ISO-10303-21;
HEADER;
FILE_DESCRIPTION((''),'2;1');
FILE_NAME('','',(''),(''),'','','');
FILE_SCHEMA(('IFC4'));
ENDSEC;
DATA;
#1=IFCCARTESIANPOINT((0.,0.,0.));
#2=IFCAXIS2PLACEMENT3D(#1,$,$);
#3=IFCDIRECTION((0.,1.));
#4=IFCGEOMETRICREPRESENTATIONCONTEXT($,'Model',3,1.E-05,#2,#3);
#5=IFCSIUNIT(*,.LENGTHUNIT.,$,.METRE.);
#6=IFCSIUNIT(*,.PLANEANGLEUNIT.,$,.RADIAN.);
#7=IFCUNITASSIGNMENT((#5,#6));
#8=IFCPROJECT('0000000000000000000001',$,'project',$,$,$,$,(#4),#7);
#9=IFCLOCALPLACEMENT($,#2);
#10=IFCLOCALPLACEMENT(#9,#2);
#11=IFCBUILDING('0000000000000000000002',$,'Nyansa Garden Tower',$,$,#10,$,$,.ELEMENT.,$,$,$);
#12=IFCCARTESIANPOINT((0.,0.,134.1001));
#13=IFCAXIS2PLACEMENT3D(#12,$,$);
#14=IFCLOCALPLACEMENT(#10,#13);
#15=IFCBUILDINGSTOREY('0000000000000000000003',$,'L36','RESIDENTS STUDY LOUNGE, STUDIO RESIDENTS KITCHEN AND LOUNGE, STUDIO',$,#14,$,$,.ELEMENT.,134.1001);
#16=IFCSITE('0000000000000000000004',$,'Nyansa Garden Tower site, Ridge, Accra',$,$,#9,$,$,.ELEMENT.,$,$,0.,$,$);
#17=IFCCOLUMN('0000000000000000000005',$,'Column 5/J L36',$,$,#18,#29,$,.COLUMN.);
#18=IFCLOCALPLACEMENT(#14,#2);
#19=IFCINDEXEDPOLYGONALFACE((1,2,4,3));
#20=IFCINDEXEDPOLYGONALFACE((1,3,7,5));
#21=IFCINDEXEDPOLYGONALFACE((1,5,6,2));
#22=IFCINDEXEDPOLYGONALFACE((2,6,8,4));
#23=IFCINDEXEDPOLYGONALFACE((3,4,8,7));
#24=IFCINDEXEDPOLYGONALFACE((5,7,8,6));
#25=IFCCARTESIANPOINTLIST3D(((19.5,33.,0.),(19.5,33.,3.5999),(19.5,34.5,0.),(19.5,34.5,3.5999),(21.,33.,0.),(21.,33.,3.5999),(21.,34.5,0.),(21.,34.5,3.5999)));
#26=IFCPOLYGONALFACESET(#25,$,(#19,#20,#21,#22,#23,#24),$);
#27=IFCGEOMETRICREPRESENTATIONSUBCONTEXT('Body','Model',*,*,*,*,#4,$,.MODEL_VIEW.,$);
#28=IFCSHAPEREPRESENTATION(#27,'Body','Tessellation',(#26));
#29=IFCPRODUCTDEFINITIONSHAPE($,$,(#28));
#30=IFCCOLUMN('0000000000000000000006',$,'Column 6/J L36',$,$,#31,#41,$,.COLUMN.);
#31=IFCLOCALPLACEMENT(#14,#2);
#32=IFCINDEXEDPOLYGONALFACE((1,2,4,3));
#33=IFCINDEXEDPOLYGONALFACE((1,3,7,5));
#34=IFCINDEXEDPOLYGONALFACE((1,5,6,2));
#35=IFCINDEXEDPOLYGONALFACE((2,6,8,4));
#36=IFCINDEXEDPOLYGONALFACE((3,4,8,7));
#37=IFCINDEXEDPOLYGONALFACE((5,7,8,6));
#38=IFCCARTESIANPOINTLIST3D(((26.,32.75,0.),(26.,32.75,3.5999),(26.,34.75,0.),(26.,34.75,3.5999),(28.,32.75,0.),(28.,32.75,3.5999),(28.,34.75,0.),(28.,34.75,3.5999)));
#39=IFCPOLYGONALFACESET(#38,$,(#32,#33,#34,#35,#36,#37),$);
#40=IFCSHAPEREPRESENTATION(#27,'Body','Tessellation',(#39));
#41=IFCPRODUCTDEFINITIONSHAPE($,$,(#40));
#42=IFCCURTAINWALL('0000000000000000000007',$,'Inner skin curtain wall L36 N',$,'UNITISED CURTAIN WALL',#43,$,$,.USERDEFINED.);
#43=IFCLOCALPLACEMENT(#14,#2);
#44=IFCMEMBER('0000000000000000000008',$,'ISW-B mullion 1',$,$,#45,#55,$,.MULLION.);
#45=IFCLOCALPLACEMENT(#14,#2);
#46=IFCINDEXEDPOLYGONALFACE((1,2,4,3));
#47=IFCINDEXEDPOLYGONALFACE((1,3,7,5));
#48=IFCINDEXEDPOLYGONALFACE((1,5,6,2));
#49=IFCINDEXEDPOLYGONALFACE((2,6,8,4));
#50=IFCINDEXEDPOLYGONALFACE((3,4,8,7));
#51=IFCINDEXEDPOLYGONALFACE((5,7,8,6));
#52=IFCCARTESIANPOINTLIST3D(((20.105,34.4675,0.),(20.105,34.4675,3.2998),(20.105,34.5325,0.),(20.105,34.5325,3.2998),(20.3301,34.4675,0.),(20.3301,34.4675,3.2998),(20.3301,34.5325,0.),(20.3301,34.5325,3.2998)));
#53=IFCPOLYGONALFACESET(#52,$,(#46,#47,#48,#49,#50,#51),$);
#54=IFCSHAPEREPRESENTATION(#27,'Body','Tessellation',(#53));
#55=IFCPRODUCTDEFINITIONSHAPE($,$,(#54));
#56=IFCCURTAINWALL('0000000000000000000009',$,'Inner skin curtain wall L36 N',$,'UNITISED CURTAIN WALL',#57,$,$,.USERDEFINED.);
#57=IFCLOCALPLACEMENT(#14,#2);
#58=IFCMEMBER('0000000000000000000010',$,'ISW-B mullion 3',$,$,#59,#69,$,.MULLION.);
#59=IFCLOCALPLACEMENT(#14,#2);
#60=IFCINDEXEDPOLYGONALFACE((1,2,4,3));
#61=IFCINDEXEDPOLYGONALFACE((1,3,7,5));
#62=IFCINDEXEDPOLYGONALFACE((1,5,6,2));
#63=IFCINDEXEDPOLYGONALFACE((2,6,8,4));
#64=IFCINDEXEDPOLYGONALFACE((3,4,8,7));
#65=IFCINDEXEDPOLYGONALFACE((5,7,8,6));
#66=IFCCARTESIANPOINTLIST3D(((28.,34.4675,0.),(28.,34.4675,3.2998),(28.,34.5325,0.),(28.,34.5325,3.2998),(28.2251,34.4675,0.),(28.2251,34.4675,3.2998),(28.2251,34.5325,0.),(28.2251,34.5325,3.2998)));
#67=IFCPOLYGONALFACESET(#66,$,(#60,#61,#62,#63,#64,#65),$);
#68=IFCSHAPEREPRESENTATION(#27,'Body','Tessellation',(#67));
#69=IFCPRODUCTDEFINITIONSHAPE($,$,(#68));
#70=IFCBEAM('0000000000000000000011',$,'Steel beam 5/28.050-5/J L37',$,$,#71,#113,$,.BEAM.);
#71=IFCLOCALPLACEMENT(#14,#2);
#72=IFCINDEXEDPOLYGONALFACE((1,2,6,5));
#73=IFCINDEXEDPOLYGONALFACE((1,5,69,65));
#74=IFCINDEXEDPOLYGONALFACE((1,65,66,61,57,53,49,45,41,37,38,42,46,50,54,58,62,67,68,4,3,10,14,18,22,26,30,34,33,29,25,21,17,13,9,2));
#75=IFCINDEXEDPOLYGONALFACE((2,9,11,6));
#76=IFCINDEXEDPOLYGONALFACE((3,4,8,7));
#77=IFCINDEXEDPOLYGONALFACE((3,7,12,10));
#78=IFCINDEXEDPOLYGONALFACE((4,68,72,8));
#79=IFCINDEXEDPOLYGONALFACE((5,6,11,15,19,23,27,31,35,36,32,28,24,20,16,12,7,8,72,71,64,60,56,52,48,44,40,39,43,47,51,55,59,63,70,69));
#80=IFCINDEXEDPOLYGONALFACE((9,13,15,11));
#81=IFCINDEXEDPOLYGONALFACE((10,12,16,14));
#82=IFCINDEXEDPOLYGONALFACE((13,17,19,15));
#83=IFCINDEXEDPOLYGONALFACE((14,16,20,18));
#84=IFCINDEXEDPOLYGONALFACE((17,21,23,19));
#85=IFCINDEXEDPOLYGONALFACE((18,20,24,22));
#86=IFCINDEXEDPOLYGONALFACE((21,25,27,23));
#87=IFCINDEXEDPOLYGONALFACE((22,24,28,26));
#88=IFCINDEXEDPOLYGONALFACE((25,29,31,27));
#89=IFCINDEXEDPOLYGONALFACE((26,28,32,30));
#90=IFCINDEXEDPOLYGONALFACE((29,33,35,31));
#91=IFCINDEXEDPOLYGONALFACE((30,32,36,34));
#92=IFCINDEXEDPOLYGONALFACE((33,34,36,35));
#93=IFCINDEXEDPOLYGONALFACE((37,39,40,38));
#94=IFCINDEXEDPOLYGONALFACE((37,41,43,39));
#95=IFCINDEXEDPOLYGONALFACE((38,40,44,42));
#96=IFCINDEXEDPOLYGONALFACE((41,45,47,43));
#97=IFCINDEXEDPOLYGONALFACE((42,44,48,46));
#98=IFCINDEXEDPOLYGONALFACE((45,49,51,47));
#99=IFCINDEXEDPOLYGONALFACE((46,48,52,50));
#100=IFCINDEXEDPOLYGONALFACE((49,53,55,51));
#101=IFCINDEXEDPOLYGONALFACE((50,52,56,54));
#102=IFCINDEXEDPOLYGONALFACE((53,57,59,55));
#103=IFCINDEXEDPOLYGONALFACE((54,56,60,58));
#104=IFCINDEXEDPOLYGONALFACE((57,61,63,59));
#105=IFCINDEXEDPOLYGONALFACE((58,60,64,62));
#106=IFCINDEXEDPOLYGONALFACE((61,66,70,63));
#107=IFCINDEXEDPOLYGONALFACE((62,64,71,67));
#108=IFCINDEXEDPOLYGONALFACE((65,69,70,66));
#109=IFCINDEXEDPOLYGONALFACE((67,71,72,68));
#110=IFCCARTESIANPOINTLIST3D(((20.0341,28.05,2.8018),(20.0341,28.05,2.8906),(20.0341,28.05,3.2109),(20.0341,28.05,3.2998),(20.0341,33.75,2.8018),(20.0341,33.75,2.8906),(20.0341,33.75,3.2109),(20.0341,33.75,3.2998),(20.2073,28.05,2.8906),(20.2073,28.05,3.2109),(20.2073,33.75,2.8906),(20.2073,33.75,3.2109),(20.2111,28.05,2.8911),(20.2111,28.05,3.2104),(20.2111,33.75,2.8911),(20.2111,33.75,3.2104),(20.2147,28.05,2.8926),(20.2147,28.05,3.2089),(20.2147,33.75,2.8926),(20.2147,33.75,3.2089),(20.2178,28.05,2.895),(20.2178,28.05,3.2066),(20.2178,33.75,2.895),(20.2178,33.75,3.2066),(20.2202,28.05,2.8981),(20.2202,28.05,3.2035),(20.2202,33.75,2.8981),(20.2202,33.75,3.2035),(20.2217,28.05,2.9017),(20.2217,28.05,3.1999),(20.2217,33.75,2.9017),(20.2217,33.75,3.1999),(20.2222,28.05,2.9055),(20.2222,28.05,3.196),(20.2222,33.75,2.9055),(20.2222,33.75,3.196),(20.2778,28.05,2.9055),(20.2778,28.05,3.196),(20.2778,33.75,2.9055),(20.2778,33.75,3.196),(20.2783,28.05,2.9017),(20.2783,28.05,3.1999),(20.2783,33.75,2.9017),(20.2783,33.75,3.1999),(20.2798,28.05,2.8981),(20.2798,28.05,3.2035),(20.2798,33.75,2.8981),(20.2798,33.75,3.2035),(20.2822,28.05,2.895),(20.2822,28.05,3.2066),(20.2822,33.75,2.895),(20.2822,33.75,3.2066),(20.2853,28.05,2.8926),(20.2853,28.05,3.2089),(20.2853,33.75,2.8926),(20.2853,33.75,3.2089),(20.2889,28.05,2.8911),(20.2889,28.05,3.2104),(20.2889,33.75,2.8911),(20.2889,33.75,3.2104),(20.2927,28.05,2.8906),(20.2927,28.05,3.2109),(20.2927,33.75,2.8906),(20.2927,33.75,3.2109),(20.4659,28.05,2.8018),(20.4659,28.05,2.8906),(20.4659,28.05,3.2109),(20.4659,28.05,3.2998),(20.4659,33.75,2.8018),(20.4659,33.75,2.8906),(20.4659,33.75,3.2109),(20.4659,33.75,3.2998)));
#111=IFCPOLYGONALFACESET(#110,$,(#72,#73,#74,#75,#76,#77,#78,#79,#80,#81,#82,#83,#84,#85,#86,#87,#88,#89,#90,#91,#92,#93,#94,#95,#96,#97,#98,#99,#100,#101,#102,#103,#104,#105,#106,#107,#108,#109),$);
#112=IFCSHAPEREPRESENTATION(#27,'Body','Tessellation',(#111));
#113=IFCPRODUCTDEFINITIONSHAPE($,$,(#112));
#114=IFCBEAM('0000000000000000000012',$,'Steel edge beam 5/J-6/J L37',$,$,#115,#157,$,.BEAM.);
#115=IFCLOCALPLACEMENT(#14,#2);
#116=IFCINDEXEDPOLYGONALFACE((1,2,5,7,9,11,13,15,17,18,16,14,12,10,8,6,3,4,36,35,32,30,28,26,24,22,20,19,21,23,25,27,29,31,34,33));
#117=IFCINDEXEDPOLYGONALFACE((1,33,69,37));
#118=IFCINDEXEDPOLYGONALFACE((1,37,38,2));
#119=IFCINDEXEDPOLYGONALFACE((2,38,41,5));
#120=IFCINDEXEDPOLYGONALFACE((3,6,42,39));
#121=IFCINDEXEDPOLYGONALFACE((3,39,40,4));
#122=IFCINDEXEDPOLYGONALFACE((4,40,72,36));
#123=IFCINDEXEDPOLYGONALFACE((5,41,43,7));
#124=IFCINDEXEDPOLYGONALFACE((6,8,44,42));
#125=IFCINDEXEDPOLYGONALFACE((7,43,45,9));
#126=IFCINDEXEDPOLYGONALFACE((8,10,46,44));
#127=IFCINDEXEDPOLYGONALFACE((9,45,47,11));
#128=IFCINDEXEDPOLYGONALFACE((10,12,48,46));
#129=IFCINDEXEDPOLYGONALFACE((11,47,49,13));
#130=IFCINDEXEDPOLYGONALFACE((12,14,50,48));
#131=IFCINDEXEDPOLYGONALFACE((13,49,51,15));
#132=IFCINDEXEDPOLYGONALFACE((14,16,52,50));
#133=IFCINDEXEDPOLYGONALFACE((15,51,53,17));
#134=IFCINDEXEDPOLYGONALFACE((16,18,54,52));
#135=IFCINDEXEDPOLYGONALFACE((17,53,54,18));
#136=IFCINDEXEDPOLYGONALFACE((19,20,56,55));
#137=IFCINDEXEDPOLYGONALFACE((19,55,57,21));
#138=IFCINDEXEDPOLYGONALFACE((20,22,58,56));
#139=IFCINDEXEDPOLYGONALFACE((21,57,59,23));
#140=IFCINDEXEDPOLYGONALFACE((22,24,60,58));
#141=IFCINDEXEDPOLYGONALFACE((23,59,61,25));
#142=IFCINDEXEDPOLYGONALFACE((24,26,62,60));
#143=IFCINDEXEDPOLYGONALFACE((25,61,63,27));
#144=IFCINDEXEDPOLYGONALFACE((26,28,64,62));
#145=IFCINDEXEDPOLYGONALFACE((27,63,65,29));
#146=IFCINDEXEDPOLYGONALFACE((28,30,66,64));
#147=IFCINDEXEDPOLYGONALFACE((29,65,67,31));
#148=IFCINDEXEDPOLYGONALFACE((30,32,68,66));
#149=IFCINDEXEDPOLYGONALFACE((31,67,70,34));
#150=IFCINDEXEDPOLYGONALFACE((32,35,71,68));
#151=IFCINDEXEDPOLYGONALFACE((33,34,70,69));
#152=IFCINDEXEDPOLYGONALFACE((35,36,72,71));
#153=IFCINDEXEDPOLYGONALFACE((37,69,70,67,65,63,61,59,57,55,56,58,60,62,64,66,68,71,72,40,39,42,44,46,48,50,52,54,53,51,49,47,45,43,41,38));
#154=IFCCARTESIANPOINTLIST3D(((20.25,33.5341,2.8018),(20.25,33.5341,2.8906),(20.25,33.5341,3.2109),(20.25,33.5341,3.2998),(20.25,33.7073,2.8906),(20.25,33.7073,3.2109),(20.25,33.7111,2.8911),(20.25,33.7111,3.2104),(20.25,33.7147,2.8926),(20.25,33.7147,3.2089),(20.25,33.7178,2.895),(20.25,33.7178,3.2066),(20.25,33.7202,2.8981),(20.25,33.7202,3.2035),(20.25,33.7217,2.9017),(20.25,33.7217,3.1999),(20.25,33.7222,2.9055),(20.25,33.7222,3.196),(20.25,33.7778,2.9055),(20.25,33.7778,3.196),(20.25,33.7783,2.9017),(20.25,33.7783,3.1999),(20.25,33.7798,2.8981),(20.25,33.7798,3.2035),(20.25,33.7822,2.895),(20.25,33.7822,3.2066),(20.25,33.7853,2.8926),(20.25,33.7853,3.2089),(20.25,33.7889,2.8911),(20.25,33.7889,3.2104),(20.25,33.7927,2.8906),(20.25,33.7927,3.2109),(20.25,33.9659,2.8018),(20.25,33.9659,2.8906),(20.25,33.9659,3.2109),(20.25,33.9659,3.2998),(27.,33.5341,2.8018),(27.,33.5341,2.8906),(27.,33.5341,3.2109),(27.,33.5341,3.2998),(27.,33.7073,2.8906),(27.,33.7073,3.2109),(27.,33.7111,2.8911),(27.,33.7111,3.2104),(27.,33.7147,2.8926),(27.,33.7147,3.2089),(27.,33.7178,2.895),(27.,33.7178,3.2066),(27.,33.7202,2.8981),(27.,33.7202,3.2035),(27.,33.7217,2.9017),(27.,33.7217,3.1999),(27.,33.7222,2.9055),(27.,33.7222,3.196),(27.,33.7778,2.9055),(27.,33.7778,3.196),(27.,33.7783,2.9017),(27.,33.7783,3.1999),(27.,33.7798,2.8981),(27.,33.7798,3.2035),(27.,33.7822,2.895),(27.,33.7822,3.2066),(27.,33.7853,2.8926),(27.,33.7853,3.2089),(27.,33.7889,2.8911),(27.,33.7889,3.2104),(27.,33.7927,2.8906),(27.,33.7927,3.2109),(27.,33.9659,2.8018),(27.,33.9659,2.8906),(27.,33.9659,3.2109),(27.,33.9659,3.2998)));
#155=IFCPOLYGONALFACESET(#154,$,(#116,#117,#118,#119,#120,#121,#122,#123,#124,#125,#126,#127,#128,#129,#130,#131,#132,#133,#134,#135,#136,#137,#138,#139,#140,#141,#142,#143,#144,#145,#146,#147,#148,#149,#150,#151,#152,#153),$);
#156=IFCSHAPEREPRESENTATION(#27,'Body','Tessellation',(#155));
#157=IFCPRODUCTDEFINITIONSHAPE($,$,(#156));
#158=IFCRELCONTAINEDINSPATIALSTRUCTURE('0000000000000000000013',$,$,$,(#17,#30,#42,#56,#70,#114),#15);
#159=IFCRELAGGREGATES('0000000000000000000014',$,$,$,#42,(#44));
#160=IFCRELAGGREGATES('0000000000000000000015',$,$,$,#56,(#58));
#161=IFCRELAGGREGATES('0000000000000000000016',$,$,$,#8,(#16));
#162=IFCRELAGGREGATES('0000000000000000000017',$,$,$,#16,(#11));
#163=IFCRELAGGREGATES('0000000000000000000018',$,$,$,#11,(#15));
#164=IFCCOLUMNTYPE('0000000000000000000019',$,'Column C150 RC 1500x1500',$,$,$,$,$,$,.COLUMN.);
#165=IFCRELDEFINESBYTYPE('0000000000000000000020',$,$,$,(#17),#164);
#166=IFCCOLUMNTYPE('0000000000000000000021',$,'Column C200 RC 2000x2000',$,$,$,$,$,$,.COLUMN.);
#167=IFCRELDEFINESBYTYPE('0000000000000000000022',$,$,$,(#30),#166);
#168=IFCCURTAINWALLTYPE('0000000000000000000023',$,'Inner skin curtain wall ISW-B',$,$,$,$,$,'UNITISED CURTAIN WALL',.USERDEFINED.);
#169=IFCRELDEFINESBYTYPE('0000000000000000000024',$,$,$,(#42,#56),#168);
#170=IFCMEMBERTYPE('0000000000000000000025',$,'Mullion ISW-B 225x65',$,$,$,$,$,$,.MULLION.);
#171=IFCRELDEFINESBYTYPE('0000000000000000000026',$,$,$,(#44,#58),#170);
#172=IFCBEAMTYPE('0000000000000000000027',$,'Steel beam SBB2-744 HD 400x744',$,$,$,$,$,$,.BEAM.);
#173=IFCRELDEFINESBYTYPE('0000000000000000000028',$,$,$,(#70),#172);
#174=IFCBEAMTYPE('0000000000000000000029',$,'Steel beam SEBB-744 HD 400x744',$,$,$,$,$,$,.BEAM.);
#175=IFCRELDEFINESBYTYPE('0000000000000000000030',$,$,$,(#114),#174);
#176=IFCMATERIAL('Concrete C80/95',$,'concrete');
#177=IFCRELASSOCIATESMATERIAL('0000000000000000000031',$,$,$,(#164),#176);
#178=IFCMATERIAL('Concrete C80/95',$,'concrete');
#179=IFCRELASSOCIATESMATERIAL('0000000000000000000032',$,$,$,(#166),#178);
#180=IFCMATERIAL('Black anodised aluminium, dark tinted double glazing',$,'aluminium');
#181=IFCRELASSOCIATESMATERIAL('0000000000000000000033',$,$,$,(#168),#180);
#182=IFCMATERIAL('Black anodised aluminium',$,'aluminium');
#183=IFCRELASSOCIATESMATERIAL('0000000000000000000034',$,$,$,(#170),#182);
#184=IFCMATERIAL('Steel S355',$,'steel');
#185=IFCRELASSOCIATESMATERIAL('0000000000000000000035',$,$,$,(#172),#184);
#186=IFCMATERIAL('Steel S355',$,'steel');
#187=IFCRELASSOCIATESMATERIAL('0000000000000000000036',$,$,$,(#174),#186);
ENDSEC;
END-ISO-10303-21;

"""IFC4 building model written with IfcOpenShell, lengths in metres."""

from ifc_helpers import new_model, si_unit, direction, frame, origin, origin_2d, place, context, subcontext, project, spatial, rectangle, i_section, extrude, material, material_profile, profile_set, type_object, element, aggregate, save


model = new_model("IFC4")

# Units and contexts
model_context = context("Model", 3, precision=1e-05, world=origin(), true_north=direction((0.0, 1.0)))
body_context = subcontext(model_context, "Body", "Model", "MODEL_VIEW")
ifc_project = project(units=[si_unit("LENGTHUNIT", "METRE"), si_unit("PLANEANGLEUNIT", "RADIAN")], contexts=[model_context])

# Site, building, storey
site_placement = place(None, origin())
site = spatial("IfcSite", under=ifc_project, at=site_placement, Name="Nyansa Garden Tower site, Ridge, Accra", CompositionType="ELEMENT", RefElevation=0.0)
building_placement = place(site_placement, origin())
building = spatial("IfcBuilding", under=site, at=building_placement, Name="Nyansa Garden Tower", CompositionType="ELEMENT")
storey_placement = place(building_placement, frame((0.0, 0.0, 134.1001)))
storey = spatial("IfcBuildingStorey", under=building, at=storey_placement, Name="L36", Description="RESIDENTS STUDY LOUNGE, STUDIO RESIDENTS KITCHEN AND LOUNGE, STUDIO", CompositionType="ELEMENT", Elevation=134.1001)

# Columns
ifc_material_1 = material(Name="Concrete C80/95", Category="concrete")
ifc_material_profile_1 = material_profile(ifc_material_1, rectangle(XDim=1.5, YDim=1.5, at=origin_2d()), Name="RC 1500x1500")
ifc_profile_set_1 = profile_set([ifc_material_profile_1], Name="Concrete C80/95")
column_type_1 = type_object("IfcColumnType", Name="Column C150 RC 1500x1500", PredefinedType="COLUMN", material=ifc_profile_set_1)
column_1_placement = place(storey_placement, frame((20.25, 33.75, 0.0), z_axis=(0.0, 0.0, 1.0), x_axis=(1.0, 0.0, 0.0)))
element("IfcColumn", 1, at=column_1_placement, inside=storey, type_object=column_type_1, Name="Column 5/J L36", PredefinedType="COLUMN", context=body_context, shape_type="SweptSolid", body=[
    extrude(rectangle(XDim=1.5, YDim=1.5, at=origin_2d()), origin(), (0.0, 0.0, 1.0), 3.5999),
])
ifc_material_2 = material(Name="Concrete C80/95", Category="concrete")
ifc_material_profile_2 = material_profile(ifc_material_2, rectangle(XDim=2.0, YDim=2.0, at=origin_2d()), Name="RC 2000x2000")
ifc_profile_set_2 = profile_set([ifc_material_profile_2], Name="Concrete C80/95")
column_type_2 = type_object("IfcColumnType", Name="Column C200 RC 2000x2000", PredefinedType="COLUMN", material=ifc_profile_set_2)
column_2_placement = place(storey_placement, frame((27.0, 33.75, 0.0), z_axis=(0.0, 0.0, 1.0), x_axis=(1.0, 0.0, 0.0)))
element("IfcColumn", 2, at=column_2_placement, inside=storey, type_object=column_type_2, Name="Column 6/J L36", PredefinedType="COLUMN", context=body_context, shape_type="SweptSolid", body=[
    extrude(rectangle(XDim=2.0, YDim=2.0, at=origin_2d()), origin(), (0.0, 0.0, 1.0), 3.5999),
])

# Curtain walls, members
ifc_material_3 = material(Name="Black anodised aluminium, dark tinted double glazing", Category="aluminium")
curtain_wall_type = type_object("IfcCurtainWallType", Name="Inner skin curtain wall ISW-B", ElementType="UNITISED CURTAIN WALL", PredefinedType="USERDEFINED", material=ifc_material_3)
curtain_wall_1_placement = place(storey_placement, origin())
curtain_wall_1 = element("IfcCurtainWall", 3, at=curtain_wall_1_placement, inside=storey, type_object=curtain_wall_type, Name="Inner skin curtain wall L36 N", ObjectType="UNITISED CURTAIN WALL", PredefinedType="USERDEFINED")
ifc_material_4 = material(Name="Black anodised aluminium", Category="aluminium")
ifc_material_profile_3 = material_profile(ifc_material_4, rectangle(XDim=0.0649, YDim=0.2251, at=origin_2d()), Name="Mullion 225x65")
ifc_profile_set_3 = profile_set([ifc_material_profile_3], Name="Black anodised aluminium")
member_type_1 = type_object("IfcMemberType", Name="Mullion ISW-B 225x65", PredefinedType="MULLION", material=ifc_profile_set_3)
member_1_placement = place(storey_placement, frame((20.2175, 34.5, 0.0), z_axis=(0.0, 0.0, 1.0), x_axis=(0.0, -1.0, 0.0)))
member_1 = element("IfcMember", 4, at=member_1_placement, type_object=member_type_1, Name="ISW-B mullion 1", PredefinedType="MULLION", context=body_context, shape_type="SweptSolid", body=[
    extrude(rectangle(XDim=0.0649, YDim=0.2251, at=origin_2d()), origin(), (0.0, 0.0, 1.0), 3.2998),
])
curtain_wall_2_placement = place(storey_placement, origin())
curtain_wall_2 = element("IfcCurtainWall", 5, at=curtain_wall_2_placement, inside=storey, type_object=curtain_wall_type, Name="Inner skin curtain wall L36 N", ObjectType="UNITISED CURTAIN WALL", PredefinedType="USERDEFINED")
member_2_placement = place(storey_placement, frame((28.1125, 34.5, 0.0), z_axis=(0.0, 0.0, 1.0), x_axis=(0.0, -1.0, 0.0)))
member_2 = element("IfcMember", 6, at=member_2_placement, type_object=member_type_1, Name="ISW-B mullion 3", PredefinedType="MULLION", context=body_context, shape_type="SweptSolid", body=[
    extrude(rectangle(XDim=0.0649, YDim=0.2251, at=origin_2d()), origin(), (0.0, 0.0, 1.0), 3.2998),
])

# Beams
ifc_material_5 = material(Name="Steel S355", Category="steel")
ifc_material_profile_4 = material_profile(ifc_material_5, i_section(OverallWidth=0.4319, OverallDepth=0.498, WebThickness=0.0557, FlangeThickness=0.0889, FilletRadius=0.0149, at=origin_2d()), Name="HD 400x744")
ifc_profile_set_4 = profile_set([ifc_material_profile_4], Name="Steel S355")
beam_type_1 = type_object("IfcBeamType", Name="Steel beam SBB2-744 HD 400x744", PredefinedType="BEAM", material=ifc_profile_set_4)
beam_1_placement = place(storey_placement, frame((20.25, 28.05, 3.0508), z_axis=(0.0, 1.0, 0.0), x_axis=(-1.0, 0.0, 0.0)))
element("IfcBeam", 7, at=beam_1_placement, inside=storey, type_object=beam_type_1, Name="Steel beam 5/28.050-5/J L37", PredefinedType="BEAM", context=body_context, shape_type="SweptSolid", body=[
    extrude(i_section(OverallWidth=0.4319, OverallDepth=0.498, WebThickness=0.0557, FlangeThickness=0.0889, FilletRadius=0.0149, at=origin_2d()), origin(), (0.0, 0.0, 1.0), 5.7),
])
ifc_material_6 = material(Name="Steel S355", Category="steel")
ifc_material_profile_5 = material_profile(ifc_material_6, i_section(OverallWidth=0.4319, OverallDepth=0.498, WebThickness=0.0557, FlangeThickness=0.0889, FilletRadius=0.0149, at=origin_2d()), Name="HD 400x744")
ifc_profile_set_5 = profile_set([ifc_material_profile_5], Name="Steel S355")
beam_type_2 = type_object("IfcBeamType", Name="Steel beam SEBB-744 HD 400x744", PredefinedType="BEAM", material=ifc_profile_set_5)
for number, where, z_axis, x_axis, name in (
    (8, (20.25, 33.75, 3.0508), (1.0, 0.0, 0.0), (0.0, 1.0, 0.0), "Steel edge beam 5/J-6/J L37"),
):
    element("IfcBeam", number, at=place(storey_placement, frame(where, z_axis=z_axis, x_axis=x_axis)), inside=storey, type_object=beam_type_2, Name=name, PredefinedType="BEAM", context=body_context, shape_type="SweptSolid", body=[
        extrude(i_section(OverallWidth=0.4319, OverallDepth=0.498, WebThickness=0.0557, FlangeThickness=0.0889, FilletRadius=0.0149, at=origin_2d()), origin(), (0.0, 0.0, 1.0), 6.75),
    ])

aggregate(curtain_wall_1, [member_1])

aggregate(curtain_wall_2, [member_2])

save(model, "model.ifc")
